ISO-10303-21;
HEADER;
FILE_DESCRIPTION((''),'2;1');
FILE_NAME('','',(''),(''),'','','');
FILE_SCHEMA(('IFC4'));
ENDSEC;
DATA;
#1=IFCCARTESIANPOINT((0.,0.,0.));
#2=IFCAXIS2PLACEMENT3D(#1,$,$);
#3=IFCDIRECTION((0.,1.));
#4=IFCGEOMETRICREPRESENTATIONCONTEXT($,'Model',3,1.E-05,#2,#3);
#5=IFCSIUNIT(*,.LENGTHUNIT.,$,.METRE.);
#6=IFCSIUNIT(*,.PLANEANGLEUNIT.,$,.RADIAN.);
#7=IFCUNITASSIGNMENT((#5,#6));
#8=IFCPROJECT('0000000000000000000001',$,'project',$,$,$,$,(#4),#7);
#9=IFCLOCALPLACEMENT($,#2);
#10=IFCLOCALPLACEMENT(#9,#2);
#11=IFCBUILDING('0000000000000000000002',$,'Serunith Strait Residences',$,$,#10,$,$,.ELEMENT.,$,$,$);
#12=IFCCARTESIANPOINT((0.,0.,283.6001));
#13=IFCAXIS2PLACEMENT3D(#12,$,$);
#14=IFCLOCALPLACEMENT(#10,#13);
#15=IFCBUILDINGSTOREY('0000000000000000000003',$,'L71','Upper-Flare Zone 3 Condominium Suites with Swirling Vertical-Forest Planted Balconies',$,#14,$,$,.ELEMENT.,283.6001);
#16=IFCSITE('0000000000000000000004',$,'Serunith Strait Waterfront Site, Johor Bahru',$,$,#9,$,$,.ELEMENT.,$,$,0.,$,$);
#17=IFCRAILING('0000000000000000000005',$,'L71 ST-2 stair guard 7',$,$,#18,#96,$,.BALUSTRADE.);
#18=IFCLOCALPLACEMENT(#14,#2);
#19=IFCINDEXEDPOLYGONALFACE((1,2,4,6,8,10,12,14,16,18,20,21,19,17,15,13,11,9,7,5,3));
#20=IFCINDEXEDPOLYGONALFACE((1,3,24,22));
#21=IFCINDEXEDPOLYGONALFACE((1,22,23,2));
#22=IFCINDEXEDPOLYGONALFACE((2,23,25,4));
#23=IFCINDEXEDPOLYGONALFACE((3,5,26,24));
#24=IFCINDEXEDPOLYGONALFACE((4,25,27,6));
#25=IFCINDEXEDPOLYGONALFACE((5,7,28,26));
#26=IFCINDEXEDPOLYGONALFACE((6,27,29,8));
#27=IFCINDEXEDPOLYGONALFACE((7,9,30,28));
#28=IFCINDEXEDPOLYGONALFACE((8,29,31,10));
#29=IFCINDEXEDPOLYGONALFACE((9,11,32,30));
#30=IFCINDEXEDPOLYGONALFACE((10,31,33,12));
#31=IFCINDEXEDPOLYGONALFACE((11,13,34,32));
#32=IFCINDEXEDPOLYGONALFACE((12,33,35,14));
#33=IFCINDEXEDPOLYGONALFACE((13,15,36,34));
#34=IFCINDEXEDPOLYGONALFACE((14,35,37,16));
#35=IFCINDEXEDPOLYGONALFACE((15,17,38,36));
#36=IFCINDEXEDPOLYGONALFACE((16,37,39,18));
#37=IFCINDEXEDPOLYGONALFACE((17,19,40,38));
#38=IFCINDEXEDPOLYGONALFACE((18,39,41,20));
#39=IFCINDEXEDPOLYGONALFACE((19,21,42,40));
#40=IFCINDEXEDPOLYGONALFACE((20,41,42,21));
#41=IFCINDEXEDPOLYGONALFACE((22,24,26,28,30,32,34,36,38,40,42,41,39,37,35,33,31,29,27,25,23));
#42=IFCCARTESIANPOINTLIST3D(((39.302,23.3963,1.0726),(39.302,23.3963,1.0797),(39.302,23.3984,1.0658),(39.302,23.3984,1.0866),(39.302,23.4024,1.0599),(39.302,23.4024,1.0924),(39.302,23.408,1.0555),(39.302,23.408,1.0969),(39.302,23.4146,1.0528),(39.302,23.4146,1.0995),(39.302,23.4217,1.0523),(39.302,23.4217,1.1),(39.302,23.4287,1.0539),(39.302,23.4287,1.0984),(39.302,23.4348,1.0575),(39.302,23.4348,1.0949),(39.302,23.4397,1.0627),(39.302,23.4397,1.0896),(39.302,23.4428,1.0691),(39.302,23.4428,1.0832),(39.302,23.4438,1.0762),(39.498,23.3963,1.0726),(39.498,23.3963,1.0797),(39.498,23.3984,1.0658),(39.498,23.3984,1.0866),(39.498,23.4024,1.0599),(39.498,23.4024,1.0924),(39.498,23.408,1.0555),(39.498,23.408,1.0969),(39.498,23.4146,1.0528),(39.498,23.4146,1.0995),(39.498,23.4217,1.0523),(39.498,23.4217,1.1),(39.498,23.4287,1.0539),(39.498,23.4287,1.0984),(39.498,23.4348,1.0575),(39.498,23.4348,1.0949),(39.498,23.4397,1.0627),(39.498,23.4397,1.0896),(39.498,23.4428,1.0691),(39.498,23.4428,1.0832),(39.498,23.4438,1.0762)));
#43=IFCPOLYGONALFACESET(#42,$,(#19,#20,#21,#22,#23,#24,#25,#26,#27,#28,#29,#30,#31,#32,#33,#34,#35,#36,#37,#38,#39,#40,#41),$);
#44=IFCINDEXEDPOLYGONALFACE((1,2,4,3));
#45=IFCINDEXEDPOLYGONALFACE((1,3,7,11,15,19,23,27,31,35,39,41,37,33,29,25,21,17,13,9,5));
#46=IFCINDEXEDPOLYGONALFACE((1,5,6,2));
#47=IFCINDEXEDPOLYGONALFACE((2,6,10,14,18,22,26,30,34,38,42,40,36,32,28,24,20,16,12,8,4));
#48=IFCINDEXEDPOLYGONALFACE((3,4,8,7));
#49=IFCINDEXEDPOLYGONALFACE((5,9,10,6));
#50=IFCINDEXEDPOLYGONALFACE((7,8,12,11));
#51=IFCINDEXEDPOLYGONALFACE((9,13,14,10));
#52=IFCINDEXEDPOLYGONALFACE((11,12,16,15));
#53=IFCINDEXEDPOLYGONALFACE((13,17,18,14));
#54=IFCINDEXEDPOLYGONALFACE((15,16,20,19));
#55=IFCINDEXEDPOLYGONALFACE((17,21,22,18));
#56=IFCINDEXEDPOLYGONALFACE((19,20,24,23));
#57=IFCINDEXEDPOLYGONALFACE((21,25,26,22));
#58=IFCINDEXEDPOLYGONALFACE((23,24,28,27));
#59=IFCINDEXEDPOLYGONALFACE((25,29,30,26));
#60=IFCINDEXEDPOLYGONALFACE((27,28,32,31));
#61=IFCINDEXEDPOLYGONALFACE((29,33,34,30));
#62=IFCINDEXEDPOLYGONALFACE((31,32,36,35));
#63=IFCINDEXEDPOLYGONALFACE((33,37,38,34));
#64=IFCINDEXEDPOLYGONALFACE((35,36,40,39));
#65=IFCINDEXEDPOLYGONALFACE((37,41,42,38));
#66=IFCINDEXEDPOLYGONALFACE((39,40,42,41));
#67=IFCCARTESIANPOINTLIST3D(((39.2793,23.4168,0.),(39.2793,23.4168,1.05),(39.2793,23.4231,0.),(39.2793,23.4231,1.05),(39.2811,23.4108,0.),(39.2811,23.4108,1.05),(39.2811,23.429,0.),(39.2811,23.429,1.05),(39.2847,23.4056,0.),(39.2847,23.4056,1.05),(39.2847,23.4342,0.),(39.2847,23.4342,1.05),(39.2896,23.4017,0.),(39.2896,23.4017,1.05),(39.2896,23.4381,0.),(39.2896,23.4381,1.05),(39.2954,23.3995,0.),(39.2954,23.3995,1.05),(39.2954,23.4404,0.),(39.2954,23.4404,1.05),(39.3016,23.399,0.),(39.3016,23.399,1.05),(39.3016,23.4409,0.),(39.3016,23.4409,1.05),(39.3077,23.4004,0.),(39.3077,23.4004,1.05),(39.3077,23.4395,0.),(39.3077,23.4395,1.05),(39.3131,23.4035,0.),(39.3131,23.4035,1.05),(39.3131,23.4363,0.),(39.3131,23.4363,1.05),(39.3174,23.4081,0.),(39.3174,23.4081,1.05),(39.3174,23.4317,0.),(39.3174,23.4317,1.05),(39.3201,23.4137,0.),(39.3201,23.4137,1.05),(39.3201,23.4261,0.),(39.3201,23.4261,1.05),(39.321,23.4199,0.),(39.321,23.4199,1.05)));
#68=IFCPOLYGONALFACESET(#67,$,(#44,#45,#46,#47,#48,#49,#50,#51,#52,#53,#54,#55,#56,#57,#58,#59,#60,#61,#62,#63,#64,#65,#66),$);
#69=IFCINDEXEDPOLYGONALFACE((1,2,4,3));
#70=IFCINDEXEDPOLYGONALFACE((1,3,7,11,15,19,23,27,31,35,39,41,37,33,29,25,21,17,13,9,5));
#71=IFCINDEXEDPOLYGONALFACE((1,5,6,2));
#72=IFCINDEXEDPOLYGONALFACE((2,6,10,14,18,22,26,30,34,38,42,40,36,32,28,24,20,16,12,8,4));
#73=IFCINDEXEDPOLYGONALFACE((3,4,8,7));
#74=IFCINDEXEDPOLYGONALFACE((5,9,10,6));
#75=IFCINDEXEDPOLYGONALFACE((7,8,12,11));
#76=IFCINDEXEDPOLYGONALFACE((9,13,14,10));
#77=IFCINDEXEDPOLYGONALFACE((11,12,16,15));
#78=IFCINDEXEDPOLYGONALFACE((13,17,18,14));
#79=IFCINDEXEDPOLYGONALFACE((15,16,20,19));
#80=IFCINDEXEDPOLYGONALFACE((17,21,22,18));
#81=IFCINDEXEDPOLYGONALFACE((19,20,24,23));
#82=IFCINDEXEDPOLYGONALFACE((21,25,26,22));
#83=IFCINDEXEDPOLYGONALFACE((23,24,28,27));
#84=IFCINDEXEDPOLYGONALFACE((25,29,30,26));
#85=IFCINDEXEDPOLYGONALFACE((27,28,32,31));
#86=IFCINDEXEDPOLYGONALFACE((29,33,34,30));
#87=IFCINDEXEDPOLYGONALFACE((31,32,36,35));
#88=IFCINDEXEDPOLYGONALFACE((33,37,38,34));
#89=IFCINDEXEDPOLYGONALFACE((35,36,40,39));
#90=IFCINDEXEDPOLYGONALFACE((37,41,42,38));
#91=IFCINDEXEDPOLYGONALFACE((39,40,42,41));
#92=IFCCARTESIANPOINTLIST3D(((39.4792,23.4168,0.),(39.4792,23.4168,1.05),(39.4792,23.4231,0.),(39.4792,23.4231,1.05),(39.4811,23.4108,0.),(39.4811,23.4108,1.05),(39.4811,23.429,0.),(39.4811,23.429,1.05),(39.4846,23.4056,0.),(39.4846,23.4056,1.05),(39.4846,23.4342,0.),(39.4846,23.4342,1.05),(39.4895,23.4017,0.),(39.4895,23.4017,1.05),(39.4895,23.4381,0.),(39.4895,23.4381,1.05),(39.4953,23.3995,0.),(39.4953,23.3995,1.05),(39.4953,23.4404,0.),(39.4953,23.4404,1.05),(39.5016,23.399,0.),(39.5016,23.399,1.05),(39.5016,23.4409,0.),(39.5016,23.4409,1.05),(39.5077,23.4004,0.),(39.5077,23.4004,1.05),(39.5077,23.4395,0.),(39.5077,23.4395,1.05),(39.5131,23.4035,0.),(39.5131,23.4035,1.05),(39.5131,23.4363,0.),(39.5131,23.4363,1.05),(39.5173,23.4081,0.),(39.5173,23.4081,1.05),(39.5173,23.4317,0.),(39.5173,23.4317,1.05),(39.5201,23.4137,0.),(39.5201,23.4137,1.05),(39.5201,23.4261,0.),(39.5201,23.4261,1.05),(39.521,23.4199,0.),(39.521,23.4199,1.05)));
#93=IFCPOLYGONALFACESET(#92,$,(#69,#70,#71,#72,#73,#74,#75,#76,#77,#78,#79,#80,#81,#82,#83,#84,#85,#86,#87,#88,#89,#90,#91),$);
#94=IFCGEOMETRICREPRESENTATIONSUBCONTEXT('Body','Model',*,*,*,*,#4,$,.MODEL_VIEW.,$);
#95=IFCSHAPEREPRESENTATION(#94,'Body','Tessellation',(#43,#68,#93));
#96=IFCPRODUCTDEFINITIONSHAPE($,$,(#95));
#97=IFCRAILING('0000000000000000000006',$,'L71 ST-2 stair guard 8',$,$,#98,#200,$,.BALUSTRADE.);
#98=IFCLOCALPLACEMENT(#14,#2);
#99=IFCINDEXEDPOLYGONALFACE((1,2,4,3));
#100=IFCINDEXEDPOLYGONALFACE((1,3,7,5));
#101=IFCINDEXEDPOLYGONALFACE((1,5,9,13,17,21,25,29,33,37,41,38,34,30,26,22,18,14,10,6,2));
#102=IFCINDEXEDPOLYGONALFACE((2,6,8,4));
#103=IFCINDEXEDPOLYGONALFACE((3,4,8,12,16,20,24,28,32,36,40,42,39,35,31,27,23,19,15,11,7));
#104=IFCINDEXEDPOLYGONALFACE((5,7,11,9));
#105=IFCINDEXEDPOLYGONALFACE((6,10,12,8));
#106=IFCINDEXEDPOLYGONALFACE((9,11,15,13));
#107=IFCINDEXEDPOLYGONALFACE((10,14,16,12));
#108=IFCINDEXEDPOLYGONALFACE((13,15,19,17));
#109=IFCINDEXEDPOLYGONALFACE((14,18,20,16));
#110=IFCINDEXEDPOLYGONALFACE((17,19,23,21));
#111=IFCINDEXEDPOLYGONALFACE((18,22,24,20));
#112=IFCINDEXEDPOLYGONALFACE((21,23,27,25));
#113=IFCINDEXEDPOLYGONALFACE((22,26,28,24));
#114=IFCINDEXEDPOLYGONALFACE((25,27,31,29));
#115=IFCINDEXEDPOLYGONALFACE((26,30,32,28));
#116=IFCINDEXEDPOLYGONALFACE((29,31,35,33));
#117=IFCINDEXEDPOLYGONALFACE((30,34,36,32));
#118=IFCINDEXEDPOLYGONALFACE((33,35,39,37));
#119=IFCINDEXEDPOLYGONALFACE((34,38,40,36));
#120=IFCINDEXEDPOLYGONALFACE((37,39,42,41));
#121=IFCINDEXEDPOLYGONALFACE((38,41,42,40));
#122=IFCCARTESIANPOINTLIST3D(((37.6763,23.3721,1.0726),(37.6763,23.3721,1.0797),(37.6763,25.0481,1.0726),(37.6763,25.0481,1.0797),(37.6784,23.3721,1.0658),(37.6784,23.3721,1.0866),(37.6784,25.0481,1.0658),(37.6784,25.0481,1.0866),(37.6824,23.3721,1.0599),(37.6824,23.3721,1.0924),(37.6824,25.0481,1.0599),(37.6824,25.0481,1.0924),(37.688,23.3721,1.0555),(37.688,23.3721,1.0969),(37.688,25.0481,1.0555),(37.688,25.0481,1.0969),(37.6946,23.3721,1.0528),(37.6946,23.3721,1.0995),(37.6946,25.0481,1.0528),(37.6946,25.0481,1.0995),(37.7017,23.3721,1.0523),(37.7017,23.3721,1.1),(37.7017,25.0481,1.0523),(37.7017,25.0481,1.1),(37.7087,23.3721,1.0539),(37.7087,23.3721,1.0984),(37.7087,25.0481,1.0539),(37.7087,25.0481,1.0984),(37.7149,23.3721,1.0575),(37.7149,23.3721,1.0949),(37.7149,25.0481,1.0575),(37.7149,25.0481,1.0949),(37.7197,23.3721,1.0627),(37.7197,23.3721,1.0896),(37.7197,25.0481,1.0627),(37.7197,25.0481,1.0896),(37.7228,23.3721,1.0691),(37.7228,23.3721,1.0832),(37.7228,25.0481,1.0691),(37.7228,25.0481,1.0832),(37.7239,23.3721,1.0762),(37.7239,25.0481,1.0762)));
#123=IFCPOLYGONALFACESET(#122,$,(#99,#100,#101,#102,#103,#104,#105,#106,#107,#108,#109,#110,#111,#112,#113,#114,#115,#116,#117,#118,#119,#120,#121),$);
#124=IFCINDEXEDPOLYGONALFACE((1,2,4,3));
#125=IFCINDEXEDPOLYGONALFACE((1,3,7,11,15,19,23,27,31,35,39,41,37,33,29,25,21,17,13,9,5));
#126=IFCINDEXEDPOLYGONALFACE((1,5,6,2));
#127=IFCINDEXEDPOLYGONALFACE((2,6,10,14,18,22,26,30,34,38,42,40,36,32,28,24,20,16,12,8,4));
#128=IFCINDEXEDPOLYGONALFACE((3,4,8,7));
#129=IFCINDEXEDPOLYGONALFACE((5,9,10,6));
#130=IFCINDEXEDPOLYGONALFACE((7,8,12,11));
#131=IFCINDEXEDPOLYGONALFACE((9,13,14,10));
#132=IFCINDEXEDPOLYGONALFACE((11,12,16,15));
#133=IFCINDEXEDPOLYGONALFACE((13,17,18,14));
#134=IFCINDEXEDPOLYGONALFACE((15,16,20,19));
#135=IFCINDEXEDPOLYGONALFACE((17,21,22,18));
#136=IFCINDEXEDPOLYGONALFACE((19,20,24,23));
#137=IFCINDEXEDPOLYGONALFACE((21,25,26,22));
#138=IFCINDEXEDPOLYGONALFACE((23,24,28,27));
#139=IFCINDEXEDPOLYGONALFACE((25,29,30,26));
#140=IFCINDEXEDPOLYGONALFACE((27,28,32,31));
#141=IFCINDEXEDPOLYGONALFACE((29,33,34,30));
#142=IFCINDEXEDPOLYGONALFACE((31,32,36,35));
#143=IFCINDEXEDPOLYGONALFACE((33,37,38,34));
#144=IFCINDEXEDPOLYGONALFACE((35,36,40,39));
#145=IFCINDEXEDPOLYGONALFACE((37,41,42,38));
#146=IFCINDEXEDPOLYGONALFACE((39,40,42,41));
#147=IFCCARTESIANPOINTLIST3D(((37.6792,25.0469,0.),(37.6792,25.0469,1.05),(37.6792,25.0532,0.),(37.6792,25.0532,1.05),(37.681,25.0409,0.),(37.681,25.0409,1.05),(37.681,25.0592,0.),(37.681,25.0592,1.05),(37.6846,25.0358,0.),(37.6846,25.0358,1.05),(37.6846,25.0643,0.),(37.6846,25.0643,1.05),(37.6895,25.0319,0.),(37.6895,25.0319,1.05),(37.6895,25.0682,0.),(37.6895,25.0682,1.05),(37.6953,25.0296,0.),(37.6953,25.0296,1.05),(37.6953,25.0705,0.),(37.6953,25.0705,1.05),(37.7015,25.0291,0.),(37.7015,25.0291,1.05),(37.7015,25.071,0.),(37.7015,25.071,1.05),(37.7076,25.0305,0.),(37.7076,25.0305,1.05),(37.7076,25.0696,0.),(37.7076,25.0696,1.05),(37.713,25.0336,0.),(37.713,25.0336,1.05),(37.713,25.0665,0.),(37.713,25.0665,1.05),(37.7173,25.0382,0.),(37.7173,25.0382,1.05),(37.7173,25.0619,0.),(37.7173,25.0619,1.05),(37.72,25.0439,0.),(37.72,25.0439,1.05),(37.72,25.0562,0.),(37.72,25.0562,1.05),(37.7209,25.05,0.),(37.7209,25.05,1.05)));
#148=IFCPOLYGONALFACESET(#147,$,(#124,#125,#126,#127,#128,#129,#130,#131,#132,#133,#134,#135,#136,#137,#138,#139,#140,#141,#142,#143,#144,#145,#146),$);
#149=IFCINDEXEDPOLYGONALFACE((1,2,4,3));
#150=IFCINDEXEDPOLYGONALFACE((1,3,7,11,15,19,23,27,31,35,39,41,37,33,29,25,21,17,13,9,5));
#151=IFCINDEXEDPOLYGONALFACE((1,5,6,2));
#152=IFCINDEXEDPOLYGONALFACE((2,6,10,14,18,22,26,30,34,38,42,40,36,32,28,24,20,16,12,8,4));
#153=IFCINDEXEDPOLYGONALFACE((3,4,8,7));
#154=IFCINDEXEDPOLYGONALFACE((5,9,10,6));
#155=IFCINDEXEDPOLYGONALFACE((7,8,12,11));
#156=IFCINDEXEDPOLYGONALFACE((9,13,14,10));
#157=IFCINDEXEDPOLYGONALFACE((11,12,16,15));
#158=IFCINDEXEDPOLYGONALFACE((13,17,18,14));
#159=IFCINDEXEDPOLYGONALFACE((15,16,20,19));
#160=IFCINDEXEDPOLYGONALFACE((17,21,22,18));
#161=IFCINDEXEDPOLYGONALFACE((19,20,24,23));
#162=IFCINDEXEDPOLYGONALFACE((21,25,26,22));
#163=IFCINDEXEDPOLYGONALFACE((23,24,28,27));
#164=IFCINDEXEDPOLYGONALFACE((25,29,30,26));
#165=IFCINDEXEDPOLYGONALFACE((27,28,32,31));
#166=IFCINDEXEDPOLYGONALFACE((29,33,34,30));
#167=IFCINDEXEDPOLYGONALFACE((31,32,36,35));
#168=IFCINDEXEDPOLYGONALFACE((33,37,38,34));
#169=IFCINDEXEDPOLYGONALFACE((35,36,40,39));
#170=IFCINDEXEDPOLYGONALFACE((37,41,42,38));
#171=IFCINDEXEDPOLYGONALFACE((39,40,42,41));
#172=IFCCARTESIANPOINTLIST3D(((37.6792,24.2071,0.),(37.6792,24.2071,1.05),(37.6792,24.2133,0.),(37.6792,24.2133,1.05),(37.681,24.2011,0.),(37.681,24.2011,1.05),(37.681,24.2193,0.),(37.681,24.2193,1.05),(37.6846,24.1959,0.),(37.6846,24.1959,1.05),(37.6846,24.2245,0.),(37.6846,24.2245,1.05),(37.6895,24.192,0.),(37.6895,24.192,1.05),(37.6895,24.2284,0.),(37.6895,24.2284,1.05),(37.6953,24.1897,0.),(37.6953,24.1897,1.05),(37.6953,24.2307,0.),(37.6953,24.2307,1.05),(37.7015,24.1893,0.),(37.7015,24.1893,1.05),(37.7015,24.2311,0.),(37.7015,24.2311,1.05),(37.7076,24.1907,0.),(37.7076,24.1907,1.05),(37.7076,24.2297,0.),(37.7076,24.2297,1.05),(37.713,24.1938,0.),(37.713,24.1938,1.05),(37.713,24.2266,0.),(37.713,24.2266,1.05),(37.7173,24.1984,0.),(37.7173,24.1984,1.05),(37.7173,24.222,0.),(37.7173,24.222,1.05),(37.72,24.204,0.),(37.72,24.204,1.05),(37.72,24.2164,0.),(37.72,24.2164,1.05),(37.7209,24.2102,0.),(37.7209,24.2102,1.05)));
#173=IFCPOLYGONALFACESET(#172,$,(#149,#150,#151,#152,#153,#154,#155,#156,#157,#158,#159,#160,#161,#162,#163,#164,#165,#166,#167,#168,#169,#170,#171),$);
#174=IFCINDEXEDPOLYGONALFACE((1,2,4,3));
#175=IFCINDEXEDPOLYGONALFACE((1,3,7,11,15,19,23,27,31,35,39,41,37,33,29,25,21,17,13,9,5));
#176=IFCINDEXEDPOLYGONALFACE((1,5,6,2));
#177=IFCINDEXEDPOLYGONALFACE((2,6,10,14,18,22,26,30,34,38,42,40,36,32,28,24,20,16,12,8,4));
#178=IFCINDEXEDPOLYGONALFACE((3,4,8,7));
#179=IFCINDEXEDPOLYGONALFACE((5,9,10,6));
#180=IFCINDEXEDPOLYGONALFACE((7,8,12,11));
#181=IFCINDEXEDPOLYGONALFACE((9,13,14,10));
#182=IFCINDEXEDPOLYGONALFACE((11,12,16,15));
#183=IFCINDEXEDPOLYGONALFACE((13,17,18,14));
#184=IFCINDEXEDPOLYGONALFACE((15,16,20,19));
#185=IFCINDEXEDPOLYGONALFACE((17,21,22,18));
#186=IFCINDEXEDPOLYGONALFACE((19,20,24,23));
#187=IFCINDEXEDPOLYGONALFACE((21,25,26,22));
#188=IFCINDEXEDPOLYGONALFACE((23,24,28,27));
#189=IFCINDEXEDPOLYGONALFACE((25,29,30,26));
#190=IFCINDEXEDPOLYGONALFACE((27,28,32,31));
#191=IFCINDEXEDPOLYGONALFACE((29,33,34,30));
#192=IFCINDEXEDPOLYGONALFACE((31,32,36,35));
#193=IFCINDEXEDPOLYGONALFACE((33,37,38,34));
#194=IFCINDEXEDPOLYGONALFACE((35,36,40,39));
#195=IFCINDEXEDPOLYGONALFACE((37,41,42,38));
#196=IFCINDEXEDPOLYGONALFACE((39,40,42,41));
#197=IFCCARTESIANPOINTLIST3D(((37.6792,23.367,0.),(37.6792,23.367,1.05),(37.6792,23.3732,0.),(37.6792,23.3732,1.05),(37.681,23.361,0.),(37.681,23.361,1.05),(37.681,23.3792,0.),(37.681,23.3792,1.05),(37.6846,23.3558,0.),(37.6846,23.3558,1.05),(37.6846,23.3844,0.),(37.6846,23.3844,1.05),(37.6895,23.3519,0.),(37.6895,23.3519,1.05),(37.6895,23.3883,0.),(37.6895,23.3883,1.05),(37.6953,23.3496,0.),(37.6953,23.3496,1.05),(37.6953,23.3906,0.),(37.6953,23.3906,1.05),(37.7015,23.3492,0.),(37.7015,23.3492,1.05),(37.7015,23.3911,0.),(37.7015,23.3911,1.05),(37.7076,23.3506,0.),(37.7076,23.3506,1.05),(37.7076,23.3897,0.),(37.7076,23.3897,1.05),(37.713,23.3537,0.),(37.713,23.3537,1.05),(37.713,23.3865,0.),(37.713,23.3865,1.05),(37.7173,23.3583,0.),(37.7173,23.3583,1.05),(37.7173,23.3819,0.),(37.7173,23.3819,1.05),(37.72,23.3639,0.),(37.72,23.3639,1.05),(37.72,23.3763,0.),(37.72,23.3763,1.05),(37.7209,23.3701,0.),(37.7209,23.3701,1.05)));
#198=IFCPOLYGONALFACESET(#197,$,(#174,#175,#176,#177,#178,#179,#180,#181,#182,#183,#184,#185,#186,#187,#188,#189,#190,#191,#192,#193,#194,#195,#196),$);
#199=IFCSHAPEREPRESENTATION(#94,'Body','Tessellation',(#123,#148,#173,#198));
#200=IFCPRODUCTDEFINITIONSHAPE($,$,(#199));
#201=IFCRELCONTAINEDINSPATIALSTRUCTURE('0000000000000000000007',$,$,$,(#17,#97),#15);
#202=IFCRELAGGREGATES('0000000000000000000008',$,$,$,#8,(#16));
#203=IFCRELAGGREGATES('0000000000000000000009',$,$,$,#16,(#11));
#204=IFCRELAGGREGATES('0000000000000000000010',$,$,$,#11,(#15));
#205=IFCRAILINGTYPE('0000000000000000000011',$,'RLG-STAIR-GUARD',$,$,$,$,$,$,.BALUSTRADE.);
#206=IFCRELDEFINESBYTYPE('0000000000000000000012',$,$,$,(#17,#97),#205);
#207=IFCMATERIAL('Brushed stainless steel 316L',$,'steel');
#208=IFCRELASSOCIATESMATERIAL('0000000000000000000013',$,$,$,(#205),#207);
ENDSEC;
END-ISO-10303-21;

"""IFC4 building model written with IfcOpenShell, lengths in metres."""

from ifc_helpers import new_model, si_unit, direction, frame, origin, origin_2d, place, context, subcontext, project, spatial, circle, extrude, material, type_object, element, save


model = new_model("IFC4")

# Units and contexts
model_context = context("Model", 3, precision=1e-05, world=origin(), true_north=direction((0.0, 1.0)))
body_context = subcontext(model_context, "Body", "Model", "MODEL_VIEW")
ifc_project = project(units=[si_unit("LENGTHUNIT", "METRE"), si_unit("PLANEANGLEUNIT", "RADIAN")], contexts=[model_context])

# Site, building, storey
site_placement = place(None, origin())
site = spatial("IfcSite", under=ifc_project, at=site_placement, Name="Serunith Strait Waterfront Site, Johor Bahru", CompositionType="ELEMENT", RefElevation=0.0)
building_placement = place(site_placement, origin())
building = spatial("IfcBuilding", under=site, at=building_placement, Name="Serunith Strait Residences", CompositionType="ELEMENT")
storey_placement = place(building_placement, frame((0.0, 0.0, 283.6001)))
storey = spatial("IfcBuildingStorey", under=building, at=storey_placement, Name="L71", Description="Upper-Flare Zone 3 Condominium Suites with Swirling Vertical-Forest Planted Balconies", CompositionType="ELEMENT", Elevation=283.6001)

# Railings
ifc_material_1 = material(Name="Brushed stainless steel 316L", Category="steel")
railing_type = type_object("IfcRailingType", Name="RLG-STAIR-GUARD", PredefinedType="BALUSTRADE", material=ifc_material_1)
railing_placement = place(storey_placement, frame((39.3, 23.4199, 0.0)))
element("IfcRailing", 1, at=railing_placement, inside=storey, type_object=railing_type, Name="L71 ST-2 stair guard 7", PredefinedType="BALUSTRADE", context=body_context, shape_type="SweptSolid", body=[
    extrude(circle(Radius=0.0239, at=origin_2d()), frame((0.002, 0.0, 1.0762), z_axis=(1.0, 0.0, 0.0), x_axis=(0.0, 1.0, 0.0)), (0.0, 0.0, 1.0), 0.196),
    extrude(circle(Radius=0.021, at=origin_2d()), origin(), (0.0, 0.0, 1.0), 1.05),
    extrude(circle(Radius=0.021, at=origin_2d()), frame((0.2, 0.0, 0.0)), (0.0, 0.0, 1.0), 1.05),
])
for number, where, name in (
    (2, (37.7, 25.05, 0.0), "L71 ST-2 stair guard 8"),
):
    element("IfcRailing", number, at=place(storey_placement, frame(where)), inside=storey, type_object=railing_type, Name=name, PredefinedType="BALUSTRADE", context=body_context, shape_type="SweptSolid", body=[
        extrude(circle(Radius=0.0239, at=origin_2d()), frame((0.0, -0.002, 1.0762), z_axis=(0.0, -1.0, 0.0), x_axis=(1.0, 0.0, 0.0)), (0.0, 0.0, 1.0), 1.676),
        extrude(circle(Radius=0.021, at=origin_2d()), origin(), (0.0, 0.0, 1.0), 1.05),
        extrude(circle(Radius=0.021, at=origin_2d()), frame((0.0, -0.8398, 0.0)), (0.0, 0.0, 1.0), 1.05),
        extrude(circle(Radius=0.021, at=origin_2d()), frame((0.0, -1.6799, 0.0)), (0.0, 0.0, 1.0), 1.05),
    ])

save(model, "model.ifc")
